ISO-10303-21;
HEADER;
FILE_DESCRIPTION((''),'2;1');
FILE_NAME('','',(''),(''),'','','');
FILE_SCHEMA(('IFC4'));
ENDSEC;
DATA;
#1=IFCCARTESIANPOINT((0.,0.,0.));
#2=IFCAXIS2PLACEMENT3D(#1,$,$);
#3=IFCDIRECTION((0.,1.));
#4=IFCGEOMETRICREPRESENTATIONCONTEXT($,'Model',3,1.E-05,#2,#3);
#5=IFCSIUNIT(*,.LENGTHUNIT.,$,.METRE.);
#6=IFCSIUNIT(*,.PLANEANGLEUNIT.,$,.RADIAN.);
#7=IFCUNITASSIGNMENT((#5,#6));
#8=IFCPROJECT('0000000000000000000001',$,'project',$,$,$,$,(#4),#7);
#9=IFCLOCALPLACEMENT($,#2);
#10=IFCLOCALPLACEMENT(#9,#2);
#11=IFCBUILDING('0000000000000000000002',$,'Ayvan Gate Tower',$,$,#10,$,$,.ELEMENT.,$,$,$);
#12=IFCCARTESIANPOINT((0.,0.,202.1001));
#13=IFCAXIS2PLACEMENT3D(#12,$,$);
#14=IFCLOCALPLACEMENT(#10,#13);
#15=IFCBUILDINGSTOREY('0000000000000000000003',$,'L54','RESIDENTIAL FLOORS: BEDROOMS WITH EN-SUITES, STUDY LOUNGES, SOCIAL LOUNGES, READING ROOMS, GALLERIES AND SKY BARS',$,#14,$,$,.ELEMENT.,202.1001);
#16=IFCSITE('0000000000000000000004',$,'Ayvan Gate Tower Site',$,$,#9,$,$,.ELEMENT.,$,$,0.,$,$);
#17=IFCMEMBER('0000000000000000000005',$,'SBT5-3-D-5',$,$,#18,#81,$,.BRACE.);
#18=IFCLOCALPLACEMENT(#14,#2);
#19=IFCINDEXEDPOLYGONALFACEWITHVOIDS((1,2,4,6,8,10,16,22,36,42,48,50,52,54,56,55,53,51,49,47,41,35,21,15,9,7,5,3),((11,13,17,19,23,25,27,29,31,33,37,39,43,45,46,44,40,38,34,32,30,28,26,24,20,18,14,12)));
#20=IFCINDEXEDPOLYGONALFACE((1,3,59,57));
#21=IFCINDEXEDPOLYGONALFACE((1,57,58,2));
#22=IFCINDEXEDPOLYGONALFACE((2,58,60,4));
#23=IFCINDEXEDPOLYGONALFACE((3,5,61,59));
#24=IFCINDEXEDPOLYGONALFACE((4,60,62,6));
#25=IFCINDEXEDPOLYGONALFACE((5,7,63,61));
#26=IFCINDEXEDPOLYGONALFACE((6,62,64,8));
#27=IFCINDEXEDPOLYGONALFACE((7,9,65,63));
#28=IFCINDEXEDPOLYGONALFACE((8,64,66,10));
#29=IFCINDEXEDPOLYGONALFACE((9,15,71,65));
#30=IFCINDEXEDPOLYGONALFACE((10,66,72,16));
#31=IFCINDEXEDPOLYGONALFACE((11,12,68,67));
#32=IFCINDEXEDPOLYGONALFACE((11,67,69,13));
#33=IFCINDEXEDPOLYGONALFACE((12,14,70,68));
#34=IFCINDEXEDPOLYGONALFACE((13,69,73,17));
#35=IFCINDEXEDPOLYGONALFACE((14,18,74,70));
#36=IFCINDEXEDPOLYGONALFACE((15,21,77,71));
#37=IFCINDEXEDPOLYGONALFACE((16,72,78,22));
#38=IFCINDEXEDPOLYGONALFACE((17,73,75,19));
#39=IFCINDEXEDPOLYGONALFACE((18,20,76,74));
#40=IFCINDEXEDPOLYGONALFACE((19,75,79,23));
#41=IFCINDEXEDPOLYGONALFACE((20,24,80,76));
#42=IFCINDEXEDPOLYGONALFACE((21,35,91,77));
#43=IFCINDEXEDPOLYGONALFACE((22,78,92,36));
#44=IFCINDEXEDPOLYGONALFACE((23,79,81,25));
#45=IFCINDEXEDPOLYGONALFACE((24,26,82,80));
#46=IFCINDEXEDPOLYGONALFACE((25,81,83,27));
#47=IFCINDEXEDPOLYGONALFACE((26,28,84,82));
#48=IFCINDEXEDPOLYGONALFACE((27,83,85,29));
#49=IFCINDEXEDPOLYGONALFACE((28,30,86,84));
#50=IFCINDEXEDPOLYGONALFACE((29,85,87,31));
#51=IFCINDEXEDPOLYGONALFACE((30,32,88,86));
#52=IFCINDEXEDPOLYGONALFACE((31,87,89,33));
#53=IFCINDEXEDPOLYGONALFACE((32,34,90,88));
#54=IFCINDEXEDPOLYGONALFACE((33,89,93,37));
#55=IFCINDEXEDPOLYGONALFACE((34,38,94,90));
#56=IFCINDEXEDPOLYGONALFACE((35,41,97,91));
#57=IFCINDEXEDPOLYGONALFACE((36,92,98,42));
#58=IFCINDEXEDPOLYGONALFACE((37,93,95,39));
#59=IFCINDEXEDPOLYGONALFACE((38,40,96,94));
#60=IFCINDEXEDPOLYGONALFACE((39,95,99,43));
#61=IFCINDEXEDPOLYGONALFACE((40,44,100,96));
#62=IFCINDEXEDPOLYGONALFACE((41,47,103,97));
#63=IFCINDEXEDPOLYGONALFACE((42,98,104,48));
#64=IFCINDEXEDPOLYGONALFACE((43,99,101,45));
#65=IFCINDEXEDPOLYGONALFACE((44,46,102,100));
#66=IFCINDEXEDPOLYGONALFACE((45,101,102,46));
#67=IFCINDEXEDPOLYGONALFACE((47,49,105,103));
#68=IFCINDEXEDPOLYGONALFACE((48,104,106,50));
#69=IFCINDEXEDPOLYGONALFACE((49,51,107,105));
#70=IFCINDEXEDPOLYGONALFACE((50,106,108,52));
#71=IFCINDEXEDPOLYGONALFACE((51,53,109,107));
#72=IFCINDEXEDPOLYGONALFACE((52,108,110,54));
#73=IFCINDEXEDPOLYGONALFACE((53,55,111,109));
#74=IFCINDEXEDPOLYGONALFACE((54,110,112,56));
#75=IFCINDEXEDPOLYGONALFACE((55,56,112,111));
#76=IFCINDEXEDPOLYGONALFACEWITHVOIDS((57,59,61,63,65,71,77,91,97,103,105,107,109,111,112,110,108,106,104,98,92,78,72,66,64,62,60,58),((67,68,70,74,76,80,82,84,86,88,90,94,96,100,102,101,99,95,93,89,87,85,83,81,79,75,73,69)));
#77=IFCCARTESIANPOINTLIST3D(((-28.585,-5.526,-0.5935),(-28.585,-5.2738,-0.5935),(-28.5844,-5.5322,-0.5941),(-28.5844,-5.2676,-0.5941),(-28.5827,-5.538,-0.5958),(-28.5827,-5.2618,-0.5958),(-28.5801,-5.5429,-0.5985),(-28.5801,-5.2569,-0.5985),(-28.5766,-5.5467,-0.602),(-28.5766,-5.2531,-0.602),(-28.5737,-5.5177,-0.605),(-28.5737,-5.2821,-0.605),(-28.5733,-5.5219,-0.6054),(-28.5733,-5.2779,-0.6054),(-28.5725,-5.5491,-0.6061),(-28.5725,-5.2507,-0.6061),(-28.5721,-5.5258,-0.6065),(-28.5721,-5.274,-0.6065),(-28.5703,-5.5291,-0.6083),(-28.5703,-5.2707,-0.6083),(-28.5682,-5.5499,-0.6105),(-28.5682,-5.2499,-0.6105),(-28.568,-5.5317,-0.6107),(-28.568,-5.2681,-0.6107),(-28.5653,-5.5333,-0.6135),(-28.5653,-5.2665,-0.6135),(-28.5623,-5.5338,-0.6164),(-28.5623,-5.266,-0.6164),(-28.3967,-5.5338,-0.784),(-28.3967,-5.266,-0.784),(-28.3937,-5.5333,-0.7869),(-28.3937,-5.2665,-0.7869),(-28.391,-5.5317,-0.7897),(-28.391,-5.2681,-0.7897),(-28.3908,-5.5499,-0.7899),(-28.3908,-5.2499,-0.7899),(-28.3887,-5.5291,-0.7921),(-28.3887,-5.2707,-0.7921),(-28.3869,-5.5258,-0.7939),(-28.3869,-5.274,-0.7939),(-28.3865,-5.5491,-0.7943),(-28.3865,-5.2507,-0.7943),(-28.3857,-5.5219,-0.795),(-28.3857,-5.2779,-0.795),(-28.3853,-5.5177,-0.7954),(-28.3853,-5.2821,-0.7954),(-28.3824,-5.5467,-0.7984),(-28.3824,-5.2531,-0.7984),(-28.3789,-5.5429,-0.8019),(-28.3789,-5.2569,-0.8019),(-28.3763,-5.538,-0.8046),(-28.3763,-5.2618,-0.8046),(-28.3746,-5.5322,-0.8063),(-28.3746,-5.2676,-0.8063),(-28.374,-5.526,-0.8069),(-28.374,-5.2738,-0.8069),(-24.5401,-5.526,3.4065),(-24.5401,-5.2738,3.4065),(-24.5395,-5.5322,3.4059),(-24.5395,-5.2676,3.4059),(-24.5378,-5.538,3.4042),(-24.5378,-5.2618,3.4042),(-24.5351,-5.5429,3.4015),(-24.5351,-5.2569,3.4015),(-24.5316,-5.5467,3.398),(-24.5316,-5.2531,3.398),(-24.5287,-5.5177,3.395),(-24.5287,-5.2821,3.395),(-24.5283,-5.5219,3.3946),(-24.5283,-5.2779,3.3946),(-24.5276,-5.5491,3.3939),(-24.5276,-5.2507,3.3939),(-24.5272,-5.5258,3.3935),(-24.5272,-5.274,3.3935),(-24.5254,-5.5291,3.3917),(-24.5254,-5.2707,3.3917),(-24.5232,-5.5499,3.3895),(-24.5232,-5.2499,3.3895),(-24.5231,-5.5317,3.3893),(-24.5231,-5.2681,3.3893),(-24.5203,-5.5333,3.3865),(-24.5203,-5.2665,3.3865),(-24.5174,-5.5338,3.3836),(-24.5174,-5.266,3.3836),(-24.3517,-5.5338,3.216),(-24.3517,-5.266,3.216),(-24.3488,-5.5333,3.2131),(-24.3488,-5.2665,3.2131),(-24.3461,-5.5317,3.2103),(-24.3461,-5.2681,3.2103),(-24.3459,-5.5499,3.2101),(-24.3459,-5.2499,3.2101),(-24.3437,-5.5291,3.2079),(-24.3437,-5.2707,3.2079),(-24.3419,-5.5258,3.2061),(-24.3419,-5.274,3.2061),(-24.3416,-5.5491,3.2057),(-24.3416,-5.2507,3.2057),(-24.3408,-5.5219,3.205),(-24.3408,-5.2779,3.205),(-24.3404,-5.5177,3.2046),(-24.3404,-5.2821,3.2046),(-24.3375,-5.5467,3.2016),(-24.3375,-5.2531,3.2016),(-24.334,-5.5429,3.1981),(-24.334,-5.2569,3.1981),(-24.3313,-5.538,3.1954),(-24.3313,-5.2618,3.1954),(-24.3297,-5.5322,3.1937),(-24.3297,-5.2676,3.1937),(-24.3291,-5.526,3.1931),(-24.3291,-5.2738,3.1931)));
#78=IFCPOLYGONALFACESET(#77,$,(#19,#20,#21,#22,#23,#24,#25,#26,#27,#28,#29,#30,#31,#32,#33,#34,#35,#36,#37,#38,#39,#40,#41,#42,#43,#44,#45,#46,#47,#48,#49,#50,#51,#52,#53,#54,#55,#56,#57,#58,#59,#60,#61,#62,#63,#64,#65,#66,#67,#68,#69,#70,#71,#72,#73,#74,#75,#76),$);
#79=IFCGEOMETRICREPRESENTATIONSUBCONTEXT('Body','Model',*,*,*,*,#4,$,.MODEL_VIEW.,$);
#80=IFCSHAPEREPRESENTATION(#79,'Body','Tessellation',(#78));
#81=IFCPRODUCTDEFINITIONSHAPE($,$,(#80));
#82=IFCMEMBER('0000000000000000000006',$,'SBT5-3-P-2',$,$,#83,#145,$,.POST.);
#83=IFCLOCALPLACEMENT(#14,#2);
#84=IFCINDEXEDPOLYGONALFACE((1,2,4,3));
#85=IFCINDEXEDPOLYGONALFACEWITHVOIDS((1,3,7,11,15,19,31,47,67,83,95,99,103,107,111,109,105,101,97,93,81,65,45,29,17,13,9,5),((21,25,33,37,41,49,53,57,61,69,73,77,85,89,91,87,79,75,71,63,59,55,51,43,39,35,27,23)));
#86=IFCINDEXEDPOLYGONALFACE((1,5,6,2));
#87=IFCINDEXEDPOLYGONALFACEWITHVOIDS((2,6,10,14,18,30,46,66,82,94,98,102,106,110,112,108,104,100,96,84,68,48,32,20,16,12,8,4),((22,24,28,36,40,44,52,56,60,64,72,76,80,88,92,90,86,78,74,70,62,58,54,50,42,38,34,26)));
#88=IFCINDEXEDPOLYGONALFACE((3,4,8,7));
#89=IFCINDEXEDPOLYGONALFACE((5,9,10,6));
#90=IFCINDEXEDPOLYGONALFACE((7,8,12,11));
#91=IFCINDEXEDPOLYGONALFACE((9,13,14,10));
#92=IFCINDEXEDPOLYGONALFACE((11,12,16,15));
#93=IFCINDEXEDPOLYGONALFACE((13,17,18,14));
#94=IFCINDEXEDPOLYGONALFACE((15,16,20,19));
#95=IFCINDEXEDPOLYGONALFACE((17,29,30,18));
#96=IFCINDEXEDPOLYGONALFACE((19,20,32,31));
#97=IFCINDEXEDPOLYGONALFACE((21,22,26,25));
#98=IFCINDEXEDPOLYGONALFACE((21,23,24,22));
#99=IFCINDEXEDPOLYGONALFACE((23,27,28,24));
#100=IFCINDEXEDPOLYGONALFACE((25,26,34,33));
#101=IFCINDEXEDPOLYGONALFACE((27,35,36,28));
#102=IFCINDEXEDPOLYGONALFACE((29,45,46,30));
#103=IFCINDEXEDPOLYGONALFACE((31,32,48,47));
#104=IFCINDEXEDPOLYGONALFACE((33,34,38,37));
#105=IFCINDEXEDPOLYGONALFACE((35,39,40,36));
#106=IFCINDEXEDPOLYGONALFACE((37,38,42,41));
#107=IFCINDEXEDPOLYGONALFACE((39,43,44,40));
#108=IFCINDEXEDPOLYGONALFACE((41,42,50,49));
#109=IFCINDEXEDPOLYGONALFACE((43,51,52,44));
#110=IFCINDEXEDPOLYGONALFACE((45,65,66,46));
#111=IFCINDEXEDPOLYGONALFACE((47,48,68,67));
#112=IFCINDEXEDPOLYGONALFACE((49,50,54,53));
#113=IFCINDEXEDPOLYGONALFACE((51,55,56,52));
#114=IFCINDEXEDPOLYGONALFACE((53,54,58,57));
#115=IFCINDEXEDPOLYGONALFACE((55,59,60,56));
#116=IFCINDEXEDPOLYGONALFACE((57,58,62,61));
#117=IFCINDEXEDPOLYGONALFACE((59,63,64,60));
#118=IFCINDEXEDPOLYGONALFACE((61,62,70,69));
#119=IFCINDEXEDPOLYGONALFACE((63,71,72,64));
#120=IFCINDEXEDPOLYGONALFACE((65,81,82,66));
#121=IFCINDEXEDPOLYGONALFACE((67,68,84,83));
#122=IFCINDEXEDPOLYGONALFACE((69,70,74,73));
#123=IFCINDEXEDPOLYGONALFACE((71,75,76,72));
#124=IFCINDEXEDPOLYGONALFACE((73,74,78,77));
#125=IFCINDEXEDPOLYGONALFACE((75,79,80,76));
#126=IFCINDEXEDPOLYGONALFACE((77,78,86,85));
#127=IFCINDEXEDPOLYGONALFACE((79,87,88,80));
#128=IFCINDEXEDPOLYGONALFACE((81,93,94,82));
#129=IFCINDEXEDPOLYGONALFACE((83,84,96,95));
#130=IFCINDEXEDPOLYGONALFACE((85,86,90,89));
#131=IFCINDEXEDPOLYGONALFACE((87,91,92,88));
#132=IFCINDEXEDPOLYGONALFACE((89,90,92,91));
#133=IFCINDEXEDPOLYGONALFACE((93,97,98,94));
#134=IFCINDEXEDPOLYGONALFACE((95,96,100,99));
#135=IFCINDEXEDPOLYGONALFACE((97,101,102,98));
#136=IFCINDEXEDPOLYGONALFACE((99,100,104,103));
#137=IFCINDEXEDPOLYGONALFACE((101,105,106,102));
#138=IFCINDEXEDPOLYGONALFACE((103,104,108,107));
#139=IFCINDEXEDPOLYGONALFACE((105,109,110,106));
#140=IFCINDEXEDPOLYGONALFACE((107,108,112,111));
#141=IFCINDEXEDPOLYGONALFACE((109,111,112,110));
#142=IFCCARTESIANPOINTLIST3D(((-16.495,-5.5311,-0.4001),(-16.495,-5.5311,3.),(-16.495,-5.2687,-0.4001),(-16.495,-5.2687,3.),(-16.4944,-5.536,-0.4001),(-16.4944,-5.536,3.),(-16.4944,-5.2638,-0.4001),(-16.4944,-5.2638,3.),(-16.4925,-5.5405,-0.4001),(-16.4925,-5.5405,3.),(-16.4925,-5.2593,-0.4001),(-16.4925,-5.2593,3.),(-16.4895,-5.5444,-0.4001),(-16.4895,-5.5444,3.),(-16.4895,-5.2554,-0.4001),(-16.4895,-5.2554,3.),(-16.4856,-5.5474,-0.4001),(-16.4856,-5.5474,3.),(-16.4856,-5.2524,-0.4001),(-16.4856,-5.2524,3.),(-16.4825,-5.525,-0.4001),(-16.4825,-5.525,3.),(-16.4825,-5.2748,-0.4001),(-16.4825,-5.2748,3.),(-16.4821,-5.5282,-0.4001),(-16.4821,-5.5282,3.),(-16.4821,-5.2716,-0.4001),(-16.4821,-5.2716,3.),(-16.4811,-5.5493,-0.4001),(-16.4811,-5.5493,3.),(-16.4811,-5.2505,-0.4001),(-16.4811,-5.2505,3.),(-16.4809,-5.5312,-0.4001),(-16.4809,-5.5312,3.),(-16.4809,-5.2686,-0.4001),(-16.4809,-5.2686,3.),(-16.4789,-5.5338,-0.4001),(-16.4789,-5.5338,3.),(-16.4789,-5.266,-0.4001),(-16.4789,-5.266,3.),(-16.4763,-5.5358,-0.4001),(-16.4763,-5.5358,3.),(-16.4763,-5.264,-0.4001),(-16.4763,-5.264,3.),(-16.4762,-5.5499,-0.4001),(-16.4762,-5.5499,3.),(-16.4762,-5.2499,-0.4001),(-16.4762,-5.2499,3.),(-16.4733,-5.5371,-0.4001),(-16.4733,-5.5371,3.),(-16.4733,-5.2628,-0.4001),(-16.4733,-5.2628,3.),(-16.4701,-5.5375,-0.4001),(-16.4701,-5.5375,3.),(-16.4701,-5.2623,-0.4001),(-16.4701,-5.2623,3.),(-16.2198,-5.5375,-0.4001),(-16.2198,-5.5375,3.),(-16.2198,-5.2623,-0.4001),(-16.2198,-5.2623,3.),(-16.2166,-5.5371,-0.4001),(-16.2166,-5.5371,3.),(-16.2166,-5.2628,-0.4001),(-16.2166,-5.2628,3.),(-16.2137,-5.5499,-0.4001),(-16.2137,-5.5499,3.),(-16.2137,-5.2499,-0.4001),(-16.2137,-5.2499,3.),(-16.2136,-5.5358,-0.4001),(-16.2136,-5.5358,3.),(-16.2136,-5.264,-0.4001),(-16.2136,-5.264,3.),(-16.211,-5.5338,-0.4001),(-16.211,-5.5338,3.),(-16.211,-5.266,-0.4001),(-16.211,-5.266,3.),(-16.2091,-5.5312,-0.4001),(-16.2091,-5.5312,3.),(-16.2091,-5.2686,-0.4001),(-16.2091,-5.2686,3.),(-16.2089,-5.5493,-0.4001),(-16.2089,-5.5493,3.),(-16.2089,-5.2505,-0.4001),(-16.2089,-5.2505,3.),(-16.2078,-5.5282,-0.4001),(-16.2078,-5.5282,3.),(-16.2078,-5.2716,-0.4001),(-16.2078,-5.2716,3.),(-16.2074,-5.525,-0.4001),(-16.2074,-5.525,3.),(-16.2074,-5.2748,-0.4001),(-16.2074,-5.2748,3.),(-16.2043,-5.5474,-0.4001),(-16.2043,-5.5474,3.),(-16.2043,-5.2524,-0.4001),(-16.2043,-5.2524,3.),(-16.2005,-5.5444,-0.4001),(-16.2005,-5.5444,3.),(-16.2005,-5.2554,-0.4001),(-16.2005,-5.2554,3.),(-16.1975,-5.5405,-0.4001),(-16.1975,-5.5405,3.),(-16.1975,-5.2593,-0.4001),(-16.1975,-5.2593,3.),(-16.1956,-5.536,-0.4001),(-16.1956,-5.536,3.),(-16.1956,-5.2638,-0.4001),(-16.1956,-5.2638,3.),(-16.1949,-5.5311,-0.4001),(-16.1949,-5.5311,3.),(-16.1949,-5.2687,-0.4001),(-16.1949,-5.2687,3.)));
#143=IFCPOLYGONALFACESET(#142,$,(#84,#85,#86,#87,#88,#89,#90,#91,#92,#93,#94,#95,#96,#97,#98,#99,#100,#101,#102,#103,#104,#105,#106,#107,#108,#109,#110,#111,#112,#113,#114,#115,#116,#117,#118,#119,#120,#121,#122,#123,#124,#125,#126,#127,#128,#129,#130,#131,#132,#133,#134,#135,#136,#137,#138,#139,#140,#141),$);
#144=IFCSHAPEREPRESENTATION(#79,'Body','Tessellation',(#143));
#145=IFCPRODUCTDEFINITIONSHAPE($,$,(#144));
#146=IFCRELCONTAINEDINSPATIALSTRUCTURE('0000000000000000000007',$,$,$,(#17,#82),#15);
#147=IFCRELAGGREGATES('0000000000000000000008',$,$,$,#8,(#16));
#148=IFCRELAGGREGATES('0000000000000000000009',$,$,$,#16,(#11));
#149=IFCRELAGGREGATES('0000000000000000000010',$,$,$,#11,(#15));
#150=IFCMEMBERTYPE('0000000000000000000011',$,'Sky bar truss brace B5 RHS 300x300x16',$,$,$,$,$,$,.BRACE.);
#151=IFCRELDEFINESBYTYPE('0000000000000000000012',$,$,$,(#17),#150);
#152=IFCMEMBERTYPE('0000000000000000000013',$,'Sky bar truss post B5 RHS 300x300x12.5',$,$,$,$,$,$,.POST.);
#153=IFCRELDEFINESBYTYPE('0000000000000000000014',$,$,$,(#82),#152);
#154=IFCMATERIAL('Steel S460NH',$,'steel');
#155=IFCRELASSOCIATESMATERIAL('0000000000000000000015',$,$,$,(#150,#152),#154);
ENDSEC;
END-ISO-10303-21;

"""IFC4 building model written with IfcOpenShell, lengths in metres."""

from ifc_helpers import new_model, si_unit, direction, frame, origin, origin_2d, place, context, subcontext, project, spatial, hollow_rectangle, extrude, material, material_profile, profile_set, type_object, element, save


model = new_model("IFC4")

# Units and contexts
model_context = context("Model", 3, precision=1e-05, world=origin(), true_north=direction((0.0, 1.0)))
body_context = subcontext(model_context, "Body", "Model", "MODEL_VIEW")
ifc_project = project(units=[si_unit("LENGTHUNIT", "METRE"), si_unit("PLANEANGLEUNIT", "RADIAN")], contexts=[model_context])

# Site, building, storey
site_placement = place(None, origin())
site = spatial("IfcSite", under=ifc_project, at=site_placement, Name="Ayvan Gate Tower Site", CompositionType="ELEMENT", RefElevation=0.0)
building_placement = place(site_placement, origin())
building = spatial("IfcBuilding", under=site, at=building_placement, Name="Ayvan Gate Tower", CompositionType="ELEMENT")
storey_placement = place(building_placement, frame((0.0, 0.0, 202.1001)))
storey = spatial("IfcBuildingStorey", under=building, at=storey_placement, Name="L54", Description="RESIDENTIAL FLOORS: BEDROOMS WITH EN-SUITES, STUDY LOUNGES, SOCIAL LOUNGES, READING ROOMS, GALLERIES AND SKY BARS", CompositionType="ELEMENT", Elevation=202.1001)

# Members
ifc_material_1 = material(Name="Steel S460NH", Category="steel")
ifc_material_profile_1 = material_profile(ifc_material_1, hollow_rectangle(XDim=0.3, YDim=0.3, WallThickness=0.0161, InnerFilletRadius=0.0161, OuterFilletRadius=0.0239, at=origin_2d()), Name="RHS 300x300x16")
ifc_profile_set_1 = profile_set([ifc_material_profile_1], Name="Steel S460NH")
member_type_1 = type_object("IfcMemberType", Name="Sky bar truss brace B5 RHS 300x300x16", PredefinedType="BRACE", material=ifc_profile_set_1)
for number, where, z_axis, x_axis, name in (
    (1, (-24.4346, -5.3999, 3.2998), (-0.711044, 0.0, -0.703147), (0.0, -1.0, 0.0), "SBT5-3-D-5"),
):
    element("IfcMember", number, at=place(storey_placement, frame(where, z_axis=z_axis, x_axis=x_axis)), inside=storey, type_object=member_type_1, Name=name, PredefinedType="BRACE", context=body_context, shape_type="SweptSolid", body=[
        extrude(hollow_rectangle(XDim=0.3, YDim=0.3, WallThickness=0.0161, InnerFilletRadius=0.0161, OuterFilletRadius=0.0239, at=origin_2d()), origin(), (0.0, 0.0, 1.0), 5.6887),
    ])
ifc_material_profile_2 = material_profile(ifc_material_1, hollow_rectangle(XDim=0.3, YDim=0.3, WallThickness=0.0125, InnerFilletRadius=0.0125, OuterFilletRadius=0.0188, at=origin_2d()), Name="RHS 300x300x12.5")
ifc_profile_set_2 = profile_set([ifc_material_profile_2], Name="Steel S460NH")
member_type_2 = type_object("IfcMemberType", Name="Sky bar truss post B5 RHS 300x300x12.5", PredefinedType="POST", material=ifc_profile_set_2)
for number, where, z_axis, x_axis, name in (
    (2, (-16.345, -5.3999, -0.4001), (0.0, 0.0, 1.0), (1.0, 0.0, 0.0), "SBT5-3-P-2"),
):
    element("IfcMember", number, at=place(storey_placement, frame(where, z_axis=z_axis, x_axis=x_axis)), inside=storey, type_object=member_type_2, Name=name, PredefinedType="POST", context=body_context, shape_type="SweptSolid", body=[
        extrude(hollow_rectangle(XDim=0.3, YDim=0.3, WallThickness=0.0125, InnerFilletRadius=0.0125, OuterFilletRadius=0.0188, at=origin_2d()), origin(), (0.0, 0.0, 1.0), 3.4001),
    ])

save(model, "model.ifc")
